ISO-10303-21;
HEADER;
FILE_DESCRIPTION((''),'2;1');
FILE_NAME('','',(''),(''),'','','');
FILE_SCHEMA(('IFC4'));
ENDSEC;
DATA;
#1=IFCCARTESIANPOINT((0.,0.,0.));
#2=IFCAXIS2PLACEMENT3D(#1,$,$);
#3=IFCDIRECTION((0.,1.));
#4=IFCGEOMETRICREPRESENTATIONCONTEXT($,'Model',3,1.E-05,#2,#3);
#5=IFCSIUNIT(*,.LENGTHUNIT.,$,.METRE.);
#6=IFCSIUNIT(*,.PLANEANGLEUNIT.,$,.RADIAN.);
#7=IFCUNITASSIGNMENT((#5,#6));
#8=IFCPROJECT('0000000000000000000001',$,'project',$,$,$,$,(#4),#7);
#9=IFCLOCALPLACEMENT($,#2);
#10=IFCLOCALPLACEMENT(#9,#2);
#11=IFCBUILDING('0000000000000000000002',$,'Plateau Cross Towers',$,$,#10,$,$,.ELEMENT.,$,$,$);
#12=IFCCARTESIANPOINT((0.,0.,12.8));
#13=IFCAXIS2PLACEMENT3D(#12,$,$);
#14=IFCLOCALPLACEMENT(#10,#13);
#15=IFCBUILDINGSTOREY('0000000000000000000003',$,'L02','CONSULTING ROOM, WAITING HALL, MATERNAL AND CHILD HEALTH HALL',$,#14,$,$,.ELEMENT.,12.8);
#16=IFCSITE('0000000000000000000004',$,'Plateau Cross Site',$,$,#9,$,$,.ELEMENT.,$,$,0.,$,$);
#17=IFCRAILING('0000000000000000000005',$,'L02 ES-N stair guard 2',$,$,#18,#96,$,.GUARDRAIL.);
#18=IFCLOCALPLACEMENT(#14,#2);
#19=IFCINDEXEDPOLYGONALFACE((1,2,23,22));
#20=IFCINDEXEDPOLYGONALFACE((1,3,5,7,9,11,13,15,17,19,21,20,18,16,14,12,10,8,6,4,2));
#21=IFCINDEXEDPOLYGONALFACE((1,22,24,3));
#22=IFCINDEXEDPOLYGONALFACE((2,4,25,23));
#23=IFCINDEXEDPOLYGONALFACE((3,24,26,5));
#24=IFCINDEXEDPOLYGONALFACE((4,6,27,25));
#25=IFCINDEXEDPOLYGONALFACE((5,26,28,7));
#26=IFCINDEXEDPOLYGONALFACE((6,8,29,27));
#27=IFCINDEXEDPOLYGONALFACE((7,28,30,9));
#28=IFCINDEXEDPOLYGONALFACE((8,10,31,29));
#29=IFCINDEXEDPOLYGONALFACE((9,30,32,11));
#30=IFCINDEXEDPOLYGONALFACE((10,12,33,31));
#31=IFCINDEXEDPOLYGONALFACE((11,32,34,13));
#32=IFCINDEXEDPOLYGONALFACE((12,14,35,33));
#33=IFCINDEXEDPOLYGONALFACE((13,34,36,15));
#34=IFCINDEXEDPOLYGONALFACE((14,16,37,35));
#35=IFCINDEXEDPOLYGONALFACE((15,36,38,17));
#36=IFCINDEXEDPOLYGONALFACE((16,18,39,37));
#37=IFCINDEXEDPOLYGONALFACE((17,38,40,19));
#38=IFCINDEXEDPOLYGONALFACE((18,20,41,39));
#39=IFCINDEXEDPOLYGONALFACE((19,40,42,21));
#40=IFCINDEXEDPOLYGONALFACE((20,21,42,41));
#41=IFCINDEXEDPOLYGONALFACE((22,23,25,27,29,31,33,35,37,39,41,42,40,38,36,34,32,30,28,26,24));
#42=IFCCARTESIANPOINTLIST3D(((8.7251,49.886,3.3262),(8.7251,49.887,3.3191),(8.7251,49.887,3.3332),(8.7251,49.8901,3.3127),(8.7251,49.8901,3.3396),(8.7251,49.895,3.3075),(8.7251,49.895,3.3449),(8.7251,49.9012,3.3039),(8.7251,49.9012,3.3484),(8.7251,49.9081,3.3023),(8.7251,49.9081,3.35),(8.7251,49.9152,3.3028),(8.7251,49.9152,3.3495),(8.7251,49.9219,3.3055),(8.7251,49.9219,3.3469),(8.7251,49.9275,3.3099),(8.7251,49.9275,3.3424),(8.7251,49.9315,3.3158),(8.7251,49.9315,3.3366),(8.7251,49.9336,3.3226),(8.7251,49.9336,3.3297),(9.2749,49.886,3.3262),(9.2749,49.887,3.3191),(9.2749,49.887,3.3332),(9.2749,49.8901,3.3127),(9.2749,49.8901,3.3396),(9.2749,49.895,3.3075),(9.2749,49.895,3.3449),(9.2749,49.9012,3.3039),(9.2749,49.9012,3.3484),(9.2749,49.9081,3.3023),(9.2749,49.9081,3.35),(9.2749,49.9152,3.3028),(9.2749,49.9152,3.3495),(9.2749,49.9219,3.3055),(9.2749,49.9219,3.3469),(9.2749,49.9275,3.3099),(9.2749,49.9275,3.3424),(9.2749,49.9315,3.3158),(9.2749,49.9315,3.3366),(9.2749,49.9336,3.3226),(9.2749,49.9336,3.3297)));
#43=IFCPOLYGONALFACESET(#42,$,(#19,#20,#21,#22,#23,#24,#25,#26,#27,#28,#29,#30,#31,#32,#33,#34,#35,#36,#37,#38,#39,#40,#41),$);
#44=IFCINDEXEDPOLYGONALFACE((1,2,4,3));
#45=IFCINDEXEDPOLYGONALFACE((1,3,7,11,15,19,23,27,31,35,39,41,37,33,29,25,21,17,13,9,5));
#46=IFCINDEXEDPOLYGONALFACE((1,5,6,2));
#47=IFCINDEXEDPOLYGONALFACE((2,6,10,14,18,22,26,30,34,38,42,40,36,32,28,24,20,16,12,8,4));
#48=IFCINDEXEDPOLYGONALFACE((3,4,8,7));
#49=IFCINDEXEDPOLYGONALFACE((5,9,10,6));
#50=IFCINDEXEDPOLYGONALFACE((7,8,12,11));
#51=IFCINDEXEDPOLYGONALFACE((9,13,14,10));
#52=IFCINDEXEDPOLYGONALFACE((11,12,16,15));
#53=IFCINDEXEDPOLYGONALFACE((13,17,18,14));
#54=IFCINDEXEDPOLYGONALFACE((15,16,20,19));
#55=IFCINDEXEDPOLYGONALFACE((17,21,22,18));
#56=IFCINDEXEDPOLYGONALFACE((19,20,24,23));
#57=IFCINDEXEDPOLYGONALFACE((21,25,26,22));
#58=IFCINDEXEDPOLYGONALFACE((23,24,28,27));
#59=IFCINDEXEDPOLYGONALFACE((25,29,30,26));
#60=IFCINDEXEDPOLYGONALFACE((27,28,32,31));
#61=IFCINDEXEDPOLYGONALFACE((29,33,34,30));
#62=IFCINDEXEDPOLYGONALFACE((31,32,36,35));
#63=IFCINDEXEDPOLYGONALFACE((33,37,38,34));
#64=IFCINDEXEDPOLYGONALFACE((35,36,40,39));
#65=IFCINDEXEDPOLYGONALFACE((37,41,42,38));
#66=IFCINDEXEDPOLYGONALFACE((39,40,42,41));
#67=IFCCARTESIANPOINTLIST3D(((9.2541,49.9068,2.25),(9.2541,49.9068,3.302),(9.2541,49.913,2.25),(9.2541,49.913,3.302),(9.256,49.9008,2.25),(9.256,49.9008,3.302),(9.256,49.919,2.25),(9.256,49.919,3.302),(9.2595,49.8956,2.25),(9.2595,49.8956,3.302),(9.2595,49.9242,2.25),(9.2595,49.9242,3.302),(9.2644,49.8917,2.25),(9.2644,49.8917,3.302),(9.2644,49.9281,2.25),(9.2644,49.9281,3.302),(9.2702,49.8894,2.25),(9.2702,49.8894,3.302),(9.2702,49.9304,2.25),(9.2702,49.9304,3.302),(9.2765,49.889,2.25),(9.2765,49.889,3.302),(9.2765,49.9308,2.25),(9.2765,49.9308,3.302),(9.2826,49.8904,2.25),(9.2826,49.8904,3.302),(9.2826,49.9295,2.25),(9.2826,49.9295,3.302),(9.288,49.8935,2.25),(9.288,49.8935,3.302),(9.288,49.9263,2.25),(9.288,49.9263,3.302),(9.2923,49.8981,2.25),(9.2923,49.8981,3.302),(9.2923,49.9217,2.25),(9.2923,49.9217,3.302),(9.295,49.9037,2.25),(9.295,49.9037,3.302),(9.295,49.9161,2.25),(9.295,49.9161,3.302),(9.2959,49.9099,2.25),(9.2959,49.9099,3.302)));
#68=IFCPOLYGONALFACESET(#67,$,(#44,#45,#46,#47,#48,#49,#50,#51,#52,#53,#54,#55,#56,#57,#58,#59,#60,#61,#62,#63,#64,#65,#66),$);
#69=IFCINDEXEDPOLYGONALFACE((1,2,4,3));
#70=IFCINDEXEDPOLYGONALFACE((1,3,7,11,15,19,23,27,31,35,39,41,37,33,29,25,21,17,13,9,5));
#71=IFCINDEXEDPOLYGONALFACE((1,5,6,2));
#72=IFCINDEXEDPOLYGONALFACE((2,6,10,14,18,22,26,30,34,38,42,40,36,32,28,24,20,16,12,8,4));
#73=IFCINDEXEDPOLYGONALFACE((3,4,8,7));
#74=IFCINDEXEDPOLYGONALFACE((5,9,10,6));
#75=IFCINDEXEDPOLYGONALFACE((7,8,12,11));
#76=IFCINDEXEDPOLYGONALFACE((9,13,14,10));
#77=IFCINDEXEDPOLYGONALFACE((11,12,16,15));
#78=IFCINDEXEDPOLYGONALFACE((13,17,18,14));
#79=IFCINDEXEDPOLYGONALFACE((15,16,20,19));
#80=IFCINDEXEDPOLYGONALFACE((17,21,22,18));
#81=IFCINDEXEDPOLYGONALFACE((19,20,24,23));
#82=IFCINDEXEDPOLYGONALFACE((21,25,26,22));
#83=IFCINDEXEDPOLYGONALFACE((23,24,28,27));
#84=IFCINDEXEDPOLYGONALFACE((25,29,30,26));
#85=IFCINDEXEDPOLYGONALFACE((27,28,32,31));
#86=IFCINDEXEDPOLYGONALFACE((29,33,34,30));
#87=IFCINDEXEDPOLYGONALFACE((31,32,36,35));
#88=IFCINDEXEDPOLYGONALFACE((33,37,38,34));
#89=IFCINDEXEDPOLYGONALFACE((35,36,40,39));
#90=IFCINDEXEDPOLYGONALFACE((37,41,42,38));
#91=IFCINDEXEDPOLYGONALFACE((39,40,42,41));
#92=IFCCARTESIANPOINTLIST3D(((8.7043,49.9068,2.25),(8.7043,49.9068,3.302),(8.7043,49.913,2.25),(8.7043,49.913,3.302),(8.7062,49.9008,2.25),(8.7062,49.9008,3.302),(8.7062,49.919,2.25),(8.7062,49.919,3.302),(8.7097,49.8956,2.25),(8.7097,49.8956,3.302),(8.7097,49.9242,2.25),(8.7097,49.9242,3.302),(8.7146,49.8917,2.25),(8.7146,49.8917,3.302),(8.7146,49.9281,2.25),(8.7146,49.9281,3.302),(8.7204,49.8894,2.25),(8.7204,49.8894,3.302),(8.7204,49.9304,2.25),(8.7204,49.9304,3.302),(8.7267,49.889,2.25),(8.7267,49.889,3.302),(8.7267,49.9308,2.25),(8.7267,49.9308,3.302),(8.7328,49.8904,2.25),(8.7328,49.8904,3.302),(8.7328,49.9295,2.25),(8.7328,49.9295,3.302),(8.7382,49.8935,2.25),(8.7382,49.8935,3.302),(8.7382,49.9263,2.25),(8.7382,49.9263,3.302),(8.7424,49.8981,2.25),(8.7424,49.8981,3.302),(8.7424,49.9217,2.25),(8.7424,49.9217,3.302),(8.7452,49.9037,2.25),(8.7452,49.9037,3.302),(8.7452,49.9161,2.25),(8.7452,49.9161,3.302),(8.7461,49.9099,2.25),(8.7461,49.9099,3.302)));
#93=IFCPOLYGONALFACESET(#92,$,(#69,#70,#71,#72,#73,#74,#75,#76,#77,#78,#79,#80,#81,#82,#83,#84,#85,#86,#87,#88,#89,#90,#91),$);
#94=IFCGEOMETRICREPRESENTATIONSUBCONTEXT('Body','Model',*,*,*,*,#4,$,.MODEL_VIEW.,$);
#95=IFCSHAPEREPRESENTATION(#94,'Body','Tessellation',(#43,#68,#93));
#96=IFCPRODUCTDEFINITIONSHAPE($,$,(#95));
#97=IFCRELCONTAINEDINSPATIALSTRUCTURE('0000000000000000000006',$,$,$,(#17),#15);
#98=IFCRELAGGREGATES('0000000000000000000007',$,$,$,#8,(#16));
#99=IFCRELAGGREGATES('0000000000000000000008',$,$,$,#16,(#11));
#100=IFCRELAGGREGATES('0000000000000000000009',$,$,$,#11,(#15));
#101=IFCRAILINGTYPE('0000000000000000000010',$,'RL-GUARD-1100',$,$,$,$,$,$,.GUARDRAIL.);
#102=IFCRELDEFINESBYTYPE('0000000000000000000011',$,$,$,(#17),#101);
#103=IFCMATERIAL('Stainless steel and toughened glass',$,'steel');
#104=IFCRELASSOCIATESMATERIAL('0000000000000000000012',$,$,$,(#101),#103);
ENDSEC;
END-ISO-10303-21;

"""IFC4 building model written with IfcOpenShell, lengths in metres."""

from ifc_helpers import new_model, si_unit, direction, frame, origin, origin_2d, place, context, subcontext, project, spatial, circle, extrude, material, type_object, element, save


model = new_model("IFC4")

# Units and contexts
model_context = context("Model", 3, precision=1e-05, world=origin(), true_north=direction((0.0, 1.0)))
body_context = subcontext(model_context, "Body", "Model", "MODEL_VIEW")
ifc_project = project(units=[si_unit("LENGTHUNIT", "METRE"), si_unit("PLANEANGLEUNIT", "RADIAN")], contexts=[model_context])

# Site, building, storey
site_placement = place(None, origin())
site = spatial("IfcSite", under=ifc_project, at=site_placement, Name="Plateau Cross Site", CompositionType="ELEMENT", RefElevation=0.0)
building_placement = place(site_placement, origin())
building = spatial("IfcBuilding", under=site, at=building_placement, Name="Plateau Cross Towers", CompositionType="ELEMENT")
storey_placement = place(building_placement, frame((0.0, 0.0, 12.8)))
storey = spatial("IfcBuildingStorey", under=building, at=storey_placement, Name="L02", Description="CONSULTING ROOM, WAITING HALL, MATERNAL AND CHILD HEALTH HALL", CompositionType="ELEMENT", Elevation=12.8)

# Railing
ifc_material_1 = material(Name="Stainless steel and toughened glass", Category="steel")
railing_type_1 = type_object("IfcRailingType", Name="RL-GUARD-1100", PredefinedType="GUARDRAIL", material=ifc_material_1)
railing_1_placement = place(storey_placement, frame((9.2749, 49.9099, 2.25)))
element("IfcRailing", 1, at=railing_1_placement, inside=storey, type_object=railing_type_1, Name="L02 ES-N stair guard 2", PredefinedType="GUARDRAIL", context=body_context, shape_type="SweptSolid", body=[
    extrude(circle(Radius=0.0239, at=origin_2d()), frame((0.0, 0.0, 1.0762), z_axis=(-1.0, 0.0, 0.0), x_axis=(0.0, -1.0, 0.0)), (0.0, 0.0, 1.0), 0.5498),
    extrude(circle(Radius=0.021, at=origin_2d()), origin(), (0.0, 0.0, 1.0), 1.052),
    extrude(circle(Radius=0.021, at=origin_2d()), frame((-0.5498, 0.0, 0.0)), (0.0, 0.0, 1.0), 1.052),
])

save(model, "model.ifc")
